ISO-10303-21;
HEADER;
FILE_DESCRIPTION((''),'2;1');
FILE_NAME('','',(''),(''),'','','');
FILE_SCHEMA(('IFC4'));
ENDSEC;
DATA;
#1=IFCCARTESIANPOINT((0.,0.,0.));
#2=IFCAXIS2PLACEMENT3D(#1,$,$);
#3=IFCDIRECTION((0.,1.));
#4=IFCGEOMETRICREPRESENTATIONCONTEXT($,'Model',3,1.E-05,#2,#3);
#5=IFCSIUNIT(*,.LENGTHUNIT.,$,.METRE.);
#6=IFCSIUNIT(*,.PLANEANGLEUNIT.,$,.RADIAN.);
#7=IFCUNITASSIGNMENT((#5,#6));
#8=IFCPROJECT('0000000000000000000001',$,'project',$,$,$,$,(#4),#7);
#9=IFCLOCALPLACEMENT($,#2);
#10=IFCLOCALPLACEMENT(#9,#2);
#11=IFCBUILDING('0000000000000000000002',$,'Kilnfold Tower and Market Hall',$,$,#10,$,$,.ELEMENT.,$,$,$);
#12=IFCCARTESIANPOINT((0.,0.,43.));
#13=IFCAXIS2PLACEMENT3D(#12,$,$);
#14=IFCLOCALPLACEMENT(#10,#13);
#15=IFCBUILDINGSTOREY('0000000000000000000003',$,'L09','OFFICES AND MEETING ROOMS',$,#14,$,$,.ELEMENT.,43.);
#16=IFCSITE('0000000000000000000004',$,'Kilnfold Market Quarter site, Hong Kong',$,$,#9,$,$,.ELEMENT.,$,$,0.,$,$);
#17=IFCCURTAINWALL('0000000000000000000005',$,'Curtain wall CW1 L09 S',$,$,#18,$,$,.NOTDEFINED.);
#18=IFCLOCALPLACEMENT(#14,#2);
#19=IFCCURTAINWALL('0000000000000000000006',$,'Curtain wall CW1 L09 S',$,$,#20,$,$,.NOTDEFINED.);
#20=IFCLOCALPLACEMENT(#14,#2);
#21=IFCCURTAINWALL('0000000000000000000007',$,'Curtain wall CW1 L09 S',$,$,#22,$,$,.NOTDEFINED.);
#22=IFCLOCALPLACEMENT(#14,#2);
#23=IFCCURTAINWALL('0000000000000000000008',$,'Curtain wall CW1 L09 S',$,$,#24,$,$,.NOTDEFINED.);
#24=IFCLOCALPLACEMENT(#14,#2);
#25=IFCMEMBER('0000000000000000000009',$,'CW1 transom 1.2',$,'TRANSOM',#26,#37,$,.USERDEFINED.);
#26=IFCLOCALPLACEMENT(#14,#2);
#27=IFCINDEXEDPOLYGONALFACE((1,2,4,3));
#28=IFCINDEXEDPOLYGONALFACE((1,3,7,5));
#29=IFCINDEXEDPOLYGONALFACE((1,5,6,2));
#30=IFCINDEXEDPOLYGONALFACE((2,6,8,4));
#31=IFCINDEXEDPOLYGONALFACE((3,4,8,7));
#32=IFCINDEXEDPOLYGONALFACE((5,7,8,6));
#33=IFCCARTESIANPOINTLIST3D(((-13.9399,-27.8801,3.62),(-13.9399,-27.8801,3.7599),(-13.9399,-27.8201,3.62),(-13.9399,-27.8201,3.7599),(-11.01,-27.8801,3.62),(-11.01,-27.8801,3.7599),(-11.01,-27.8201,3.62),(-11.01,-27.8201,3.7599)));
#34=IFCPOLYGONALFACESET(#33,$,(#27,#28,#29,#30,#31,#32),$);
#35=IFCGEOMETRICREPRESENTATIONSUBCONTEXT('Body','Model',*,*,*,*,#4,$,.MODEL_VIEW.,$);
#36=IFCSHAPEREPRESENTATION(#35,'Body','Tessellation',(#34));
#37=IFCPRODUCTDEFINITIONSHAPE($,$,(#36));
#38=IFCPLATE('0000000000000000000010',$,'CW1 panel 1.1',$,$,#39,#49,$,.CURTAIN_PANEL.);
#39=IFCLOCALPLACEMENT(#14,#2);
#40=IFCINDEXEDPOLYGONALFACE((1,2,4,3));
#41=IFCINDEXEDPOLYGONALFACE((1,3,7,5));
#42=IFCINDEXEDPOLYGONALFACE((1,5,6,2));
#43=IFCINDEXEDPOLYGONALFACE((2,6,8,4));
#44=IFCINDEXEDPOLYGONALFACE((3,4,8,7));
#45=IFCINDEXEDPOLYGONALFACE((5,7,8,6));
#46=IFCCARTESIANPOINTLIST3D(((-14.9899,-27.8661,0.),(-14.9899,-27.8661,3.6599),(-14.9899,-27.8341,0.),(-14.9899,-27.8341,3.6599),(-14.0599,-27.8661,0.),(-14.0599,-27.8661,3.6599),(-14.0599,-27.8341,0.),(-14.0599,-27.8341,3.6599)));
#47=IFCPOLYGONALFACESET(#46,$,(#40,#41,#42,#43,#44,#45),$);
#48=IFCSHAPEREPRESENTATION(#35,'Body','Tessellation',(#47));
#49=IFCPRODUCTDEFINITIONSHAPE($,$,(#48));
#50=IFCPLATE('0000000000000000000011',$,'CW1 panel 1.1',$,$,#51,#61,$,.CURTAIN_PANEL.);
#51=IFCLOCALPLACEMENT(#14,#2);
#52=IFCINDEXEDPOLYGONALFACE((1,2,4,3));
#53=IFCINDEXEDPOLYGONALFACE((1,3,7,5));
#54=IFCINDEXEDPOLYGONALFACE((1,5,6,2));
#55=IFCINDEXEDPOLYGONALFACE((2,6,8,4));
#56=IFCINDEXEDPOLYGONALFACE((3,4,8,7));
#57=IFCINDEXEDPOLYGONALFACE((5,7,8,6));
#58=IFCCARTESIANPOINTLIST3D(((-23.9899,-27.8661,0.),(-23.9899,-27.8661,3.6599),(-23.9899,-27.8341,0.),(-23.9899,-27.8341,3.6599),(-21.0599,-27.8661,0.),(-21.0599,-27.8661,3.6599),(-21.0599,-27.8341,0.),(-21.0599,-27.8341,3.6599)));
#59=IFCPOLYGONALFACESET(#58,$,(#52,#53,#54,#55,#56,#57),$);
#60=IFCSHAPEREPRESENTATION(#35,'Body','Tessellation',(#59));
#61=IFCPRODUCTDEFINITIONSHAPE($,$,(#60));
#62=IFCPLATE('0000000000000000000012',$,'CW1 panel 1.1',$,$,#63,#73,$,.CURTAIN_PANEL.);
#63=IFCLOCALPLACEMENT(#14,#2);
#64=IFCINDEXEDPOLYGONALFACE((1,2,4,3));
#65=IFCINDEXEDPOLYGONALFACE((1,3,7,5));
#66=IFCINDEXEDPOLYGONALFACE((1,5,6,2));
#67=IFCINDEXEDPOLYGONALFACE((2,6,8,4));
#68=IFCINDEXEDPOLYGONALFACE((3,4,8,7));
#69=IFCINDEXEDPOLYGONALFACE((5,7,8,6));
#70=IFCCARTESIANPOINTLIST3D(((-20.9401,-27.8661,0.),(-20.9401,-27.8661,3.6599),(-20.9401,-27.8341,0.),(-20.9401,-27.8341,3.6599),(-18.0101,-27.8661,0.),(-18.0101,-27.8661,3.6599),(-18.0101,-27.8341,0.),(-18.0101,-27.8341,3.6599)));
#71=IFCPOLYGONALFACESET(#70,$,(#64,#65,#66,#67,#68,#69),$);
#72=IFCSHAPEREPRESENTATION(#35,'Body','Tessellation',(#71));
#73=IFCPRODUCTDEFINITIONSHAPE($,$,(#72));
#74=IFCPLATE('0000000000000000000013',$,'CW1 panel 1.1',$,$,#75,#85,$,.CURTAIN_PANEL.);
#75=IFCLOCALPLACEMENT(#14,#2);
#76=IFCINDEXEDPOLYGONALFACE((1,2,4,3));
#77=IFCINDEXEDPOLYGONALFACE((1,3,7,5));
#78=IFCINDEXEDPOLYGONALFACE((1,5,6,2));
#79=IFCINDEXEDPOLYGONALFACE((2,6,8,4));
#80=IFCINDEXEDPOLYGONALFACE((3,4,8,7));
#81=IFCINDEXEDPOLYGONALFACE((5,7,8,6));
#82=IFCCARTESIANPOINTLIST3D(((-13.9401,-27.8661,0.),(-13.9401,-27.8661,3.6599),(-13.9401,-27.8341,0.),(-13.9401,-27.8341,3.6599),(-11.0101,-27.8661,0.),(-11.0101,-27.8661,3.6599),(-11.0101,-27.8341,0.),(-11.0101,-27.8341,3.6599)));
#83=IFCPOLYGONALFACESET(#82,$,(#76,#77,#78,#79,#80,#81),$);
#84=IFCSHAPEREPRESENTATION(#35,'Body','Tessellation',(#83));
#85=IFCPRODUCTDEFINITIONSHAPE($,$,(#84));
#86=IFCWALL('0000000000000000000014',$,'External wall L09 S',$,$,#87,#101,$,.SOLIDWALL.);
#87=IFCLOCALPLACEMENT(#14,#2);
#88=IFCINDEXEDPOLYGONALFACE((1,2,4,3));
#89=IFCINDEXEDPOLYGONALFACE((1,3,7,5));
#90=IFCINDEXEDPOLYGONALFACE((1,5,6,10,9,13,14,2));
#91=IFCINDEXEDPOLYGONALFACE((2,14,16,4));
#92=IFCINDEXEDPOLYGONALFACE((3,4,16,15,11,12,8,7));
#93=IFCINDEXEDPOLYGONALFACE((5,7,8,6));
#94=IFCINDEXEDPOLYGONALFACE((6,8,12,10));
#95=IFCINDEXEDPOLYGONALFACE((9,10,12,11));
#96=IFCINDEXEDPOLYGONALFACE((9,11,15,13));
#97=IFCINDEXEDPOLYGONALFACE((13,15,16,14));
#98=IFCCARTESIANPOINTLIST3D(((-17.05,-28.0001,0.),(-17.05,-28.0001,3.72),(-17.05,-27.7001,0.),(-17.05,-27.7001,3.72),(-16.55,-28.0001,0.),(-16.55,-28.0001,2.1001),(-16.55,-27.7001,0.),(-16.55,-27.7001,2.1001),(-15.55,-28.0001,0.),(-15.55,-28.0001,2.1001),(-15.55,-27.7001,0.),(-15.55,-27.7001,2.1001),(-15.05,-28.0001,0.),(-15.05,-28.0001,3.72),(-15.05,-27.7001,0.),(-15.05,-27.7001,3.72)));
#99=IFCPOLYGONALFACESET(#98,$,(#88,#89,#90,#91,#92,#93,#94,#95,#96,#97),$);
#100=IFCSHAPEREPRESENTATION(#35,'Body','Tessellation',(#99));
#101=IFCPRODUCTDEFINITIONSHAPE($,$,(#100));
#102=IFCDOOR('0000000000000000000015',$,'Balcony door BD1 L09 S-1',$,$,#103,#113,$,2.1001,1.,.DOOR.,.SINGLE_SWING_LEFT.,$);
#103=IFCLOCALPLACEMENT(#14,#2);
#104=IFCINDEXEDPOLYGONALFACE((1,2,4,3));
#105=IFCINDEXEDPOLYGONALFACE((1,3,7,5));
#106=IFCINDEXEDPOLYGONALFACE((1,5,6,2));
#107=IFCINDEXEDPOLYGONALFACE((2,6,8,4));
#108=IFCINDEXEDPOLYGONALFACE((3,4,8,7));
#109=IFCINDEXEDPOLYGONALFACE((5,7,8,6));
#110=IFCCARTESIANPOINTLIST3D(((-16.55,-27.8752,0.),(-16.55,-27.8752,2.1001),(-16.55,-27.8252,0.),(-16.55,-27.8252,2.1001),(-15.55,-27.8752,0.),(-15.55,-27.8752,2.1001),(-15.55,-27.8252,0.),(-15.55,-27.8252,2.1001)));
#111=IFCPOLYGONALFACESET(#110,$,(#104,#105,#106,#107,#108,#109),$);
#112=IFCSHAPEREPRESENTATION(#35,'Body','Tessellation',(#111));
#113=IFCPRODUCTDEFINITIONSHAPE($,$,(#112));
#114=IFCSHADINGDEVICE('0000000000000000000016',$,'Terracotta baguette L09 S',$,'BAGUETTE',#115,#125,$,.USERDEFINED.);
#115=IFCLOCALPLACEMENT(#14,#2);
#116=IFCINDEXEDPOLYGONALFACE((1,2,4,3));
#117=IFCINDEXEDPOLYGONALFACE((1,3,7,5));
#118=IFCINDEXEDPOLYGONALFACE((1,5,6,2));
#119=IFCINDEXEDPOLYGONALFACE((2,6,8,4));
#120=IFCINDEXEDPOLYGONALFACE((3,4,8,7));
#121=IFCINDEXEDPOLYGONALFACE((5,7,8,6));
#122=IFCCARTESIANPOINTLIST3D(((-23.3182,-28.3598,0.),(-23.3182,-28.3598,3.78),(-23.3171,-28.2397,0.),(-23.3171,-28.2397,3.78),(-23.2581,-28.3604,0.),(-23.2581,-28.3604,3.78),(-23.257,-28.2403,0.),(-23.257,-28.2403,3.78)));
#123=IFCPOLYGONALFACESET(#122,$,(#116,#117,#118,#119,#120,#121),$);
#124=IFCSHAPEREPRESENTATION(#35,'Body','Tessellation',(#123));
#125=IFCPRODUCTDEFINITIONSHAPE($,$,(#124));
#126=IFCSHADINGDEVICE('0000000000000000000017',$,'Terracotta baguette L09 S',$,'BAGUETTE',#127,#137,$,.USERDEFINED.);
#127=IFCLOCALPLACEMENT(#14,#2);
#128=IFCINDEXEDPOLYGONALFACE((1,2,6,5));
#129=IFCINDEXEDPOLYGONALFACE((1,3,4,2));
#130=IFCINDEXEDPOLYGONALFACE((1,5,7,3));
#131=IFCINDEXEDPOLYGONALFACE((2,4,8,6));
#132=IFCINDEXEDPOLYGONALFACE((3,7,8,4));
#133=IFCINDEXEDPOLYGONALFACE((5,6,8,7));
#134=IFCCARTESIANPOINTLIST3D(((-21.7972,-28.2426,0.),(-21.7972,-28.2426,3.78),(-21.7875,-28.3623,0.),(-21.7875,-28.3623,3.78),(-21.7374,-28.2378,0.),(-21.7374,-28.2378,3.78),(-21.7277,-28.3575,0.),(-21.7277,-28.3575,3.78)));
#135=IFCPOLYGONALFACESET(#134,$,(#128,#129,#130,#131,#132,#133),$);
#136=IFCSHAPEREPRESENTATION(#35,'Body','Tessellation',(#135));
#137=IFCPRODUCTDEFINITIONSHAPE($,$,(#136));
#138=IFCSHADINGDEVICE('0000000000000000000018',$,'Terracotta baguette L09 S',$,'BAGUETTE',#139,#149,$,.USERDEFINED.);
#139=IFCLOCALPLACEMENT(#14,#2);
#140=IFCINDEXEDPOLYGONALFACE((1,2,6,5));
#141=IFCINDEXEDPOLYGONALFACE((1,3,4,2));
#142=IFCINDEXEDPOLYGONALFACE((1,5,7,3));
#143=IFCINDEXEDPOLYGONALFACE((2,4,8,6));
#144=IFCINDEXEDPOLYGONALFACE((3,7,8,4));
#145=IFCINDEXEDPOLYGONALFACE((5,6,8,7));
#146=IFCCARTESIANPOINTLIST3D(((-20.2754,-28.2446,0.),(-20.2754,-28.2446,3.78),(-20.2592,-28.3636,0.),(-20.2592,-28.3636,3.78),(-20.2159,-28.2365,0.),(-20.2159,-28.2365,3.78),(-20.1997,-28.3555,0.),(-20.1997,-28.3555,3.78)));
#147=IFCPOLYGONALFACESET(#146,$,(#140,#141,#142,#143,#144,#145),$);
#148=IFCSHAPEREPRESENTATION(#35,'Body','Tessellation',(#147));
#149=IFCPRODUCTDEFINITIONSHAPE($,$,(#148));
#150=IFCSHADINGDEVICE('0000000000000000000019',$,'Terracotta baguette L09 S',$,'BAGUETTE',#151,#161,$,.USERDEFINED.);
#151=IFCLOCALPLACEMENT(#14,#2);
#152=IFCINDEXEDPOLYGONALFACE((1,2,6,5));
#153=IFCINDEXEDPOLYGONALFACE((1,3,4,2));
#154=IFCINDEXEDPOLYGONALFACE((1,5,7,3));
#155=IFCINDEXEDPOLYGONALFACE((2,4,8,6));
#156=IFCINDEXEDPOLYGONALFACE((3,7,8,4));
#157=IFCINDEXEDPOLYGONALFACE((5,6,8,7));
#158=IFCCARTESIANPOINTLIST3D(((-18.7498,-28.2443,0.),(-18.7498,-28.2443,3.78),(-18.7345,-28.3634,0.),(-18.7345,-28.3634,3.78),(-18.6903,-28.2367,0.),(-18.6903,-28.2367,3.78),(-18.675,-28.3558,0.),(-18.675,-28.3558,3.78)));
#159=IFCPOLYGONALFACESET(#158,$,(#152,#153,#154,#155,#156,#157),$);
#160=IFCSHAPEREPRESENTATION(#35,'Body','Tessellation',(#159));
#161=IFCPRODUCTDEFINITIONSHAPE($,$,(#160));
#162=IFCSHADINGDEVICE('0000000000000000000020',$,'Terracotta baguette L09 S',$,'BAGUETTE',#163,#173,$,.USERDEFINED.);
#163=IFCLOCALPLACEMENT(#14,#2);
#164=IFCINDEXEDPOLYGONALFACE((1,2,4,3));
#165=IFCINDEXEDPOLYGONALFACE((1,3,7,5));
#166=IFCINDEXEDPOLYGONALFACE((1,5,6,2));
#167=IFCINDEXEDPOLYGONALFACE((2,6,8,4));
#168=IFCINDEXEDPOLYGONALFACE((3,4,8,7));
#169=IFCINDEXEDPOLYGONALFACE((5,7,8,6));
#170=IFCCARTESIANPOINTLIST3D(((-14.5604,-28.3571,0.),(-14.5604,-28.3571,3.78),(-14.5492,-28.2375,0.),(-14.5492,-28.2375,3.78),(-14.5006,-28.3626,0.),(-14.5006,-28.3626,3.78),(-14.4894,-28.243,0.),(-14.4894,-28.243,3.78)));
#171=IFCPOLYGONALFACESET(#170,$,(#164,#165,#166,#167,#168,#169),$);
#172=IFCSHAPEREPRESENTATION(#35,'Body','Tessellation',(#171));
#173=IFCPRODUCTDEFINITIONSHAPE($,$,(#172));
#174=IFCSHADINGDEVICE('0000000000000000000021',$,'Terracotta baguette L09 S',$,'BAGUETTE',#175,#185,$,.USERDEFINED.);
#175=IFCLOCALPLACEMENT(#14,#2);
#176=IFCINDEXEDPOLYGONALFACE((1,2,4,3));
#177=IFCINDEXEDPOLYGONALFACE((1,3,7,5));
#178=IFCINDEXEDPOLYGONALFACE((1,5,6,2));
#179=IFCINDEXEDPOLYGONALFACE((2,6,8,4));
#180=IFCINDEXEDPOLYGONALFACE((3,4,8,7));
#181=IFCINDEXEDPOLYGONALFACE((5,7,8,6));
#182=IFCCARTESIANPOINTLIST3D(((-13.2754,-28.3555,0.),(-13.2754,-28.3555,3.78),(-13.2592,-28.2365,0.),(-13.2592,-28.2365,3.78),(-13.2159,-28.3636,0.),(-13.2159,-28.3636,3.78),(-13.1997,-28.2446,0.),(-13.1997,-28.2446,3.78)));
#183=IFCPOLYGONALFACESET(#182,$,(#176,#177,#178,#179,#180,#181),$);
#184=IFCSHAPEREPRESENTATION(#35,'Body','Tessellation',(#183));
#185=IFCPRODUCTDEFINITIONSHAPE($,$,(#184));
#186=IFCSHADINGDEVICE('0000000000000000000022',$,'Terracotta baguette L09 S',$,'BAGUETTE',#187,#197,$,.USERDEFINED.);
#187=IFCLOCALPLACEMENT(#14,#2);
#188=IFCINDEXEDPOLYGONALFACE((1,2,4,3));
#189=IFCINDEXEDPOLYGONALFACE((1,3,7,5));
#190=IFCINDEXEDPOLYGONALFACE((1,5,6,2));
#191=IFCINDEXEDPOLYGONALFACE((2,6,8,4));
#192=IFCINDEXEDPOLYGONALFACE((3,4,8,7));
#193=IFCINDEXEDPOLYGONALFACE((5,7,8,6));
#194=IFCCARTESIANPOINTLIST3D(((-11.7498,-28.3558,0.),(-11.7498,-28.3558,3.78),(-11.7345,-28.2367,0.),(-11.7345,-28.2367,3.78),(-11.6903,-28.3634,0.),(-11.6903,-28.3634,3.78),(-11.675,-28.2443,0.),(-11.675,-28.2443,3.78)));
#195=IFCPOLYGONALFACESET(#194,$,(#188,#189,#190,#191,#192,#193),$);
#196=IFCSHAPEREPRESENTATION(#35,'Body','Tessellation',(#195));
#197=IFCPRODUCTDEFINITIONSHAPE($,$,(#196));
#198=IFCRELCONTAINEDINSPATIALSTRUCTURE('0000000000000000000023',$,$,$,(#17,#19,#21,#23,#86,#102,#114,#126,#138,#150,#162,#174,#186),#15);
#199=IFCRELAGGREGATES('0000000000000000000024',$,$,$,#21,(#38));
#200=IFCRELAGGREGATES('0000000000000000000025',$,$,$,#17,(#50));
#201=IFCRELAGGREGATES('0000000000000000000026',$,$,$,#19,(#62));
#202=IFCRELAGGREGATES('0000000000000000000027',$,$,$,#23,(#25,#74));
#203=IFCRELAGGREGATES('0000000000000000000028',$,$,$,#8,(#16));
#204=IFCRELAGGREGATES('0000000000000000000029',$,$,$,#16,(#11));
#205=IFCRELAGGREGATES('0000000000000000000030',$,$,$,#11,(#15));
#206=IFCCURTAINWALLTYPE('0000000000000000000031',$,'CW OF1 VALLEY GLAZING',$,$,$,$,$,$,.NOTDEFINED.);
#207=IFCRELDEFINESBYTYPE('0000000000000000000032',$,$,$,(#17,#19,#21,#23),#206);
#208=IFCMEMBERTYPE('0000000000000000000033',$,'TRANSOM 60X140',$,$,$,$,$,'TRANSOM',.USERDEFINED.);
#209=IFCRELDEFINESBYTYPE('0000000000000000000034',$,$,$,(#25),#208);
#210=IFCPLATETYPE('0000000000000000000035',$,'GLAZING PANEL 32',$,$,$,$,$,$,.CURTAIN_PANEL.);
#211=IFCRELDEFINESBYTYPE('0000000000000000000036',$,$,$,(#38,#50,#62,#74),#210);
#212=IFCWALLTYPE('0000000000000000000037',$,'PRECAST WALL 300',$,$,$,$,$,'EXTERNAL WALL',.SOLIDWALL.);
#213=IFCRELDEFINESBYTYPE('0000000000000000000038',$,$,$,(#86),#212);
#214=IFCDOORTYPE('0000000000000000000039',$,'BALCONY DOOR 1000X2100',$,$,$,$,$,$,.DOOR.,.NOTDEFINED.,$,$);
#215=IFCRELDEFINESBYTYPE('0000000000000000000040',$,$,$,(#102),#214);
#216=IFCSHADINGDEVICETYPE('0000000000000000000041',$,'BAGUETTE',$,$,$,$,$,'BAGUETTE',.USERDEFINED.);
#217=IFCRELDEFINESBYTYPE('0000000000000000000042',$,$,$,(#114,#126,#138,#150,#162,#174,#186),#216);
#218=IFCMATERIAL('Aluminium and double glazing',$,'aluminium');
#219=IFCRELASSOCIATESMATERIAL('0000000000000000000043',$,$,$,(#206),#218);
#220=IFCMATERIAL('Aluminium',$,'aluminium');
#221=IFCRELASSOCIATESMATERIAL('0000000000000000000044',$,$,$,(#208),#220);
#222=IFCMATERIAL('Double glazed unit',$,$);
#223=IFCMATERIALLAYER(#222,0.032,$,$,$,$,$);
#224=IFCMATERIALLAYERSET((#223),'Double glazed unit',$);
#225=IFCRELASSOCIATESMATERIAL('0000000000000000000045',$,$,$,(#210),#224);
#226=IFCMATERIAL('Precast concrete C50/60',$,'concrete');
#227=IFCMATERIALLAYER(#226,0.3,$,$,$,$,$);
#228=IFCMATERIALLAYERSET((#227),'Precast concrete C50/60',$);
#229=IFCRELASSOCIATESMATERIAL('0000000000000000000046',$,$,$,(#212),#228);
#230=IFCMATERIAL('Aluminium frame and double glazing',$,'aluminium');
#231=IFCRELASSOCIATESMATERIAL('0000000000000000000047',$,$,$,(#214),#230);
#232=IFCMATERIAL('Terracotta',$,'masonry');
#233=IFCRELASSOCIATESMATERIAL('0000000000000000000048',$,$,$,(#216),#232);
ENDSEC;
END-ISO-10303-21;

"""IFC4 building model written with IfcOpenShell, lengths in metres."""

from ifc_helpers import new_model, si_unit, direction, frame, frame_2d, origin, origin_2d, place, context, subcontext, project, spatial, rectangle, extrude, source, transform, mapped, material, layer, layer_set, material_profile, profile_set, type_object, element, fill, aggregate, save


model = new_model("IFC4")

# Units and contexts
model_context = context("Model", 3, precision=1e-05, world=origin(), true_north=direction((0.0, 1.0)))
body_context = subcontext(model_context, "Body", "Model", "MODEL_VIEW")
ifc_project = project(units=[si_unit("LENGTHUNIT", "METRE"), si_unit("PLANEANGLEUNIT", "RADIAN")], contexts=[model_context])

# Site, building, storey
site_placement = place(None, origin())
site = spatial("IfcSite", under=ifc_project, at=site_placement, Name="Kilnfold Market Quarter site, Hong Kong", CompositionType="ELEMENT", RefElevation=0.0)
building_placement = place(site_placement, origin())
building = spatial("IfcBuilding", under=site, at=building_placement, Name="Kilnfold Tower and Market Hall", CompositionType="ELEMENT")
storey_placement = place(building_placement, frame((0.0, 0.0, 43.0)))
storey = spatial("IfcBuildingStorey", under=building, at=storey_placement, Name="L09", Description="OFFICES AND MEETING ROOMS", CompositionType="ELEMENT", Elevation=43.0)

# Curtain walls
ifc_material_1 = material(Name="Aluminium and double glazing", Category="aluminium")
curtain_wall_type = type_object("IfcCurtainWallType", Name="CW OF1 VALLEY GLAZING", PredefinedType="NOTDEFINED", material=ifc_material_1)
curtain_wall_1_placement = place(storey_placement, origin())
curtain_wall_1 = element("IfcCurtainWall", 1, at=curtain_wall_1_placement, inside=storey, type_object=curtain_wall_type, Name="Curtain wall CW1 L09 S", PredefinedType="NOTDEFINED")
curtain_wall_2_placement = place(storey_placement, origin())
curtain_wall_2 = element("IfcCurtainWall", 2, at=curtain_wall_2_placement, inside=storey, type_object=curtain_wall_type, Name="Curtain wall CW1 L09 S", PredefinedType="NOTDEFINED")
curtain_wall_3_placement = place(storey_placement, origin())
curtain_wall_3 = element("IfcCurtainWall", 3, at=curtain_wall_3_placement, inside=storey, type_object=curtain_wall_type, Name="Curtain wall CW1 L09 S", PredefinedType="NOTDEFINED")
curtain_wall_4_placement = place(storey_placement, origin())
curtain_wall_4 = element("IfcCurtainWall", 4, at=curtain_wall_4_placement, inside=storey, type_object=curtain_wall_type, Name="Curtain wall CW1 L09 S", PredefinedType="NOTDEFINED")

# Member
ifc_material_2 = material(Name="Aluminium", Category="aluminium")
ifc_material_profile_1 = material_profile(ifc_material_2, rectangle(XDim=0.0601, YDim=0.1399, at=origin_2d()), Name="TRANSOM 60x140")
ifc_profile_set_1 = profile_set([ifc_material_profile_1], Name="Aluminium")
member_type_1 = type_object("IfcMemberType", Name="TRANSOM 60X140", ElementType="TRANSOM", PredefinedType="USERDEFINED", material=ifc_profile_set_1)
shared_shape_1 = source(origin(), body_context, "Body", "SweptSolid", [
    extrude(rectangle(XDim=0.0601, YDim=0.1399, at=origin_2d()), origin(), (0.0, 0.0, 1.0), 2.9299),
])
member_1_placement = place(storey_placement, frame((-13.9399, -27.8501, 3.6899), z_axis=(1.0, 0.0, 0.0), x_axis=(0.0, 1.0, 0.0)))
member_1 = element("IfcMember", 5, at=member_1_placement, type_object=member_type_1, Name="CW1 transom 1.2", ObjectType="TRANSOM", PredefinedType="USERDEFINED", context=body_context, shape_type="MappedRepresentation", body=[
    mapped(shared_shape_1, transform((0.0, 0.0, 0.0))),
])

# Plates
ifc_material_3 = material(Name="Double glazed unit")
ifc_layer_1 = layer(ifc_material_3, 0.032)
ifc_layer_set_1 = layer_set([ifc_layer_1], Name="Double glazed unit")
plate_type = type_object("IfcPlateType", Name="GLAZING PANEL 32", PredefinedType="CURTAIN_PANEL", material=ifc_layer_set_1)
shared_shape_2 = source(origin(), body_context, "Body", "SweptSolid", [
    extrude(rectangle(XDim=0.9299, YDim=0.032, at=origin_2d()), origin(), (0.0, 0.0, 1.0), 3.6599),
])
plate_1_placement = place(storey_placement, frame((-14.5249, -27.8501, 0.0), z_axis=(0.0, 0.0, 1.0), x_axis=(1.0, 0.0, 0.0)))
plate_1 = element("IfcPlate", 6, at=plate_1_placement, type_object=plate_type, Name="CW1 panel 1.1", PredefinedType="CURTAIN_PANEL", context=body_context, shape_type="MappedRepresentation", body=[
    mapped(shared_shape_2, transform((0.0, 0.0, 0.0))),
])
aggregate(curtain_wall_3, [plate_1])
shared_shape_3 = source(origin(), body_context, "Body", "SweptSolid", [
    extrude(rectangle(XDim=2.9299, YDim=0.032, at=origin_2d()), origin(), (0.0, 0.0, 1.0), 3.6599),
])
plate_2_placement = place(storey_placement, frame((-22.5249, -27.8501, 0.0), z_axis=(0.0, 0.0, 1.0), x_axis=(1.0, 0.0, 0.0)))
plate_2 = element("IfcPlate", 7, at=plate_2_placement, type_object=plate_type, Name="CW1 panel 1.1", PredefinedType="CURTAIN_PANEL", context=body_context, shape_type="MappedRepresentation", body=[
    mapped(shared_shape_3, transform((0.0, 0.0, 0.0))),
])
aggregate(curtain_wall_1, [plate_2])
plate_3_placement = place(storey_placement, frame((-19.4751, -27.8501, 0.0), z_axis=(0.0, 0.0, 1.0), x_axis=(1.0, 0.0, 0.0)))
plate_3 = element("IfcPlate", 8, at=plate_3_placement, type_object=plate_type, Name="CW1 panel 1.1", PredefinedType="CURTAIN_PANEL", context=body_context, shape_type="MappedRepresentation", body=[
    mapped(shared_shape_3, transform((0.0, 0.0, 0.0))),
])
aggregate(curtain_wall_2, [plate_3])
plate_4_placement = place(storey_placement, frame((-12.4751, -27.8501, 0.0), z_axis=(0.0, 0.0, 1.0), x_axis=(1.0, 0.0, 0.0)))
plate_4 = element("IfcPlate", 9, at=plate_4_placement, type_object=plate_type, Name="CW1 panel 1.1", PredefinedType="CURTAIN_PANEL", context=body_context, shape_type="MappedRepresentation", body=[
    mapped(shared_shape_3, transform((0.0, 0.0, 0.0))),
])
aggregate(curtain_wall_4, [member_1, plate_4])

# Wall, opening, door
ifc_material_4 = material(Name="Precast concrete C50/60", Category="concrete")
ifc_layer_2 = layer(ifc_material_4, 0.3)
ifc_layer_set_2 = layer_set([ifc_layer_2], Name="Precast concrete C50/60")
wall_type = type_object("IfcWallType", Name="PRECAST WALL 300", ElementType="EXTERNAL WALL", PredefinedType="SOLIDWALL", material=ifc_layer_set_2)
shared_shape_4 = source(origin(), body_context, "Body", "SweptSolid", [
    extrude(rectangle(XDim=2.0, YDim=0.3, at=frame_2d((1.0, 0.0))), origin(), (0.0, 0.0, 1.0), 3.72),
])
wall_placement = place(storey_placement, frame((-17.05, -27.8501, 0.0), z_axis=(0.0, 0.0, 1.0), x_axis=(1.0, 0.0, 0.0)))
wall = element("IfcWall", 10, at=wall_placement, inside=storey, type_object=wall_type, Name="External wall L09 S", PredefinedType="SOLIDWALL", context=body_context, shape_type="MappedRepresentation", body=[
    mapped(shared_shape_4, transform((0.0, 0.0, 0.0))),
])
opening_placement = place(wall_placement, frame((0.5, 0.0, 0.0)))
opening = element("IfcOpeningElement", 11, at=opening_placement, cuts=wall, PredefinedType="OPENING", context=body_context, shape_type="SweptSolid", body=[
    extrude(rectangle(XDim=1.0, YDim=2.1001, at=frame_2d((0.5, 1.05))), frame((0.0, 0.1602, 0.0), z_axis=(0.0, -1.0, 0.0), x_axis=(1.0, 0.0, 0.0)), (0.0, 0.0, 1.0), 0.3201),
])
ifc_material_5 = material(Name="Aluminium frame and double glazing", Category="aluminium")
door_type = type_object("IfcDoorType", Name="BALCONY DOOR 1000X2100", OperationType="NOTDEFINED", PredefinedType="DOOR", material=ifc_material_5)
door_placement = place(opening_placement, origin())
door = element("IfcDoor", 12, at=door_placement, inside=storey, type_object=door_type, Name="Balcony door BD1 L09 S-1", OperationType="SINGLE_SWING_LEFT", OverallHeight=2.1001, OverallWidth=1.0, PredefinedType="DOOR", context=body_context, shape_type="SweptSolid", body=[
    extrude(rectangle(XDim=1.0, YDim=2.1001, at=frame_2d((0.5, 1.05))), frame((0.0, 0.0249, 0.0), z_axis=(0.0, -1.0, 0.0), x_axis=(1.0, 0.0, 0.0)), (0.0, 0.0, 1.0), 0.05),
])
fill(opening, door)

# Shading devices
ifc_material_6 = material(Name="Terracotta", Category="masonry")
ifc_material_profile_2 = material_profile(ifc_material_6, rectangle(XDim=0.0601, YDim=0.1201, at=origin_2d()), Name="BAG 60x120")
ifc_profile_set_2 = profile_set([ifc_material_profile_2], Name="Terracotta")
shading_device_type = type_object("IfcShadingDeviceType", Name="BAGUETTE", ElementType="BAGUETTE", PredefinedType="USERDEFINED", material=ifc_profile_set_2)
shared_shape_5 = source(origin(), body_context, "Body", "SweptSolid", [
    extrude(rectangle(XDim=0.0601, YDim=0.1201, at=origin_2d()), origin(), (0.0, 0.0, 1.0), 3.78),
])
for number, where, z_axis, x_axis, name in (
    (13, (-23.2876, -28.3, 0.0), (0.0, 0.0, 1.0), (0.999958, -0.00911, 0.0), "Terracotta baguette L09 S"),
    (14, (-21.7625, -28.3, 0.0), (0.0, 0.0, 1.0), (0.996719, 0.080938, 0.0), "Terracotta baguette L09 S"),
    (15, (-20.2375, -28.3, 0.0), (0.0, 0.0, 1.0), (0.990946, 0.134263, 0.0), "Terracotta baguette L09 S"),
    (16, (-18.7124, -28.3, 0.0), (0.0, 0.0, 1.0), (0.991863, 0.127307, 0.0), "Terracotta baguette L09 S"),
    (17, (-14.5249, -28.3, 0.0), (0.0, 0.0, 1.0), (0.99571, -0.092532, 0.0), "Terracotta baguette L09 S"),
    (18, (-13.2375, -28.3, 0.0), (0.0, 0.0, 1.0), (0.990946, -0.134263, 0.0), "Terracotta baguette L09 S"),
    (19, (-11.7124, -28.3, 0.0), (0.0, 0.0, 1.0), (0.991863, -0.127307, 0.0), "Terracotta baguette L09 S"),
):
    element("IfcShadingDevice", number, at=place(storey_placement, frame(where, z_axis=z_axis, x_axis=x_axis)), inside=storey, type_object=shading_device_type, Name=name, ObjectType="BAGUETTE", PredefinedType="USERDEFINED", context=body_context, shape_type="MappedRepresentation", body=[
        mapped(shared_shape_5, transform((0.0, 0.0, 0.0))),
    ])

save(model, "model.ifc")
